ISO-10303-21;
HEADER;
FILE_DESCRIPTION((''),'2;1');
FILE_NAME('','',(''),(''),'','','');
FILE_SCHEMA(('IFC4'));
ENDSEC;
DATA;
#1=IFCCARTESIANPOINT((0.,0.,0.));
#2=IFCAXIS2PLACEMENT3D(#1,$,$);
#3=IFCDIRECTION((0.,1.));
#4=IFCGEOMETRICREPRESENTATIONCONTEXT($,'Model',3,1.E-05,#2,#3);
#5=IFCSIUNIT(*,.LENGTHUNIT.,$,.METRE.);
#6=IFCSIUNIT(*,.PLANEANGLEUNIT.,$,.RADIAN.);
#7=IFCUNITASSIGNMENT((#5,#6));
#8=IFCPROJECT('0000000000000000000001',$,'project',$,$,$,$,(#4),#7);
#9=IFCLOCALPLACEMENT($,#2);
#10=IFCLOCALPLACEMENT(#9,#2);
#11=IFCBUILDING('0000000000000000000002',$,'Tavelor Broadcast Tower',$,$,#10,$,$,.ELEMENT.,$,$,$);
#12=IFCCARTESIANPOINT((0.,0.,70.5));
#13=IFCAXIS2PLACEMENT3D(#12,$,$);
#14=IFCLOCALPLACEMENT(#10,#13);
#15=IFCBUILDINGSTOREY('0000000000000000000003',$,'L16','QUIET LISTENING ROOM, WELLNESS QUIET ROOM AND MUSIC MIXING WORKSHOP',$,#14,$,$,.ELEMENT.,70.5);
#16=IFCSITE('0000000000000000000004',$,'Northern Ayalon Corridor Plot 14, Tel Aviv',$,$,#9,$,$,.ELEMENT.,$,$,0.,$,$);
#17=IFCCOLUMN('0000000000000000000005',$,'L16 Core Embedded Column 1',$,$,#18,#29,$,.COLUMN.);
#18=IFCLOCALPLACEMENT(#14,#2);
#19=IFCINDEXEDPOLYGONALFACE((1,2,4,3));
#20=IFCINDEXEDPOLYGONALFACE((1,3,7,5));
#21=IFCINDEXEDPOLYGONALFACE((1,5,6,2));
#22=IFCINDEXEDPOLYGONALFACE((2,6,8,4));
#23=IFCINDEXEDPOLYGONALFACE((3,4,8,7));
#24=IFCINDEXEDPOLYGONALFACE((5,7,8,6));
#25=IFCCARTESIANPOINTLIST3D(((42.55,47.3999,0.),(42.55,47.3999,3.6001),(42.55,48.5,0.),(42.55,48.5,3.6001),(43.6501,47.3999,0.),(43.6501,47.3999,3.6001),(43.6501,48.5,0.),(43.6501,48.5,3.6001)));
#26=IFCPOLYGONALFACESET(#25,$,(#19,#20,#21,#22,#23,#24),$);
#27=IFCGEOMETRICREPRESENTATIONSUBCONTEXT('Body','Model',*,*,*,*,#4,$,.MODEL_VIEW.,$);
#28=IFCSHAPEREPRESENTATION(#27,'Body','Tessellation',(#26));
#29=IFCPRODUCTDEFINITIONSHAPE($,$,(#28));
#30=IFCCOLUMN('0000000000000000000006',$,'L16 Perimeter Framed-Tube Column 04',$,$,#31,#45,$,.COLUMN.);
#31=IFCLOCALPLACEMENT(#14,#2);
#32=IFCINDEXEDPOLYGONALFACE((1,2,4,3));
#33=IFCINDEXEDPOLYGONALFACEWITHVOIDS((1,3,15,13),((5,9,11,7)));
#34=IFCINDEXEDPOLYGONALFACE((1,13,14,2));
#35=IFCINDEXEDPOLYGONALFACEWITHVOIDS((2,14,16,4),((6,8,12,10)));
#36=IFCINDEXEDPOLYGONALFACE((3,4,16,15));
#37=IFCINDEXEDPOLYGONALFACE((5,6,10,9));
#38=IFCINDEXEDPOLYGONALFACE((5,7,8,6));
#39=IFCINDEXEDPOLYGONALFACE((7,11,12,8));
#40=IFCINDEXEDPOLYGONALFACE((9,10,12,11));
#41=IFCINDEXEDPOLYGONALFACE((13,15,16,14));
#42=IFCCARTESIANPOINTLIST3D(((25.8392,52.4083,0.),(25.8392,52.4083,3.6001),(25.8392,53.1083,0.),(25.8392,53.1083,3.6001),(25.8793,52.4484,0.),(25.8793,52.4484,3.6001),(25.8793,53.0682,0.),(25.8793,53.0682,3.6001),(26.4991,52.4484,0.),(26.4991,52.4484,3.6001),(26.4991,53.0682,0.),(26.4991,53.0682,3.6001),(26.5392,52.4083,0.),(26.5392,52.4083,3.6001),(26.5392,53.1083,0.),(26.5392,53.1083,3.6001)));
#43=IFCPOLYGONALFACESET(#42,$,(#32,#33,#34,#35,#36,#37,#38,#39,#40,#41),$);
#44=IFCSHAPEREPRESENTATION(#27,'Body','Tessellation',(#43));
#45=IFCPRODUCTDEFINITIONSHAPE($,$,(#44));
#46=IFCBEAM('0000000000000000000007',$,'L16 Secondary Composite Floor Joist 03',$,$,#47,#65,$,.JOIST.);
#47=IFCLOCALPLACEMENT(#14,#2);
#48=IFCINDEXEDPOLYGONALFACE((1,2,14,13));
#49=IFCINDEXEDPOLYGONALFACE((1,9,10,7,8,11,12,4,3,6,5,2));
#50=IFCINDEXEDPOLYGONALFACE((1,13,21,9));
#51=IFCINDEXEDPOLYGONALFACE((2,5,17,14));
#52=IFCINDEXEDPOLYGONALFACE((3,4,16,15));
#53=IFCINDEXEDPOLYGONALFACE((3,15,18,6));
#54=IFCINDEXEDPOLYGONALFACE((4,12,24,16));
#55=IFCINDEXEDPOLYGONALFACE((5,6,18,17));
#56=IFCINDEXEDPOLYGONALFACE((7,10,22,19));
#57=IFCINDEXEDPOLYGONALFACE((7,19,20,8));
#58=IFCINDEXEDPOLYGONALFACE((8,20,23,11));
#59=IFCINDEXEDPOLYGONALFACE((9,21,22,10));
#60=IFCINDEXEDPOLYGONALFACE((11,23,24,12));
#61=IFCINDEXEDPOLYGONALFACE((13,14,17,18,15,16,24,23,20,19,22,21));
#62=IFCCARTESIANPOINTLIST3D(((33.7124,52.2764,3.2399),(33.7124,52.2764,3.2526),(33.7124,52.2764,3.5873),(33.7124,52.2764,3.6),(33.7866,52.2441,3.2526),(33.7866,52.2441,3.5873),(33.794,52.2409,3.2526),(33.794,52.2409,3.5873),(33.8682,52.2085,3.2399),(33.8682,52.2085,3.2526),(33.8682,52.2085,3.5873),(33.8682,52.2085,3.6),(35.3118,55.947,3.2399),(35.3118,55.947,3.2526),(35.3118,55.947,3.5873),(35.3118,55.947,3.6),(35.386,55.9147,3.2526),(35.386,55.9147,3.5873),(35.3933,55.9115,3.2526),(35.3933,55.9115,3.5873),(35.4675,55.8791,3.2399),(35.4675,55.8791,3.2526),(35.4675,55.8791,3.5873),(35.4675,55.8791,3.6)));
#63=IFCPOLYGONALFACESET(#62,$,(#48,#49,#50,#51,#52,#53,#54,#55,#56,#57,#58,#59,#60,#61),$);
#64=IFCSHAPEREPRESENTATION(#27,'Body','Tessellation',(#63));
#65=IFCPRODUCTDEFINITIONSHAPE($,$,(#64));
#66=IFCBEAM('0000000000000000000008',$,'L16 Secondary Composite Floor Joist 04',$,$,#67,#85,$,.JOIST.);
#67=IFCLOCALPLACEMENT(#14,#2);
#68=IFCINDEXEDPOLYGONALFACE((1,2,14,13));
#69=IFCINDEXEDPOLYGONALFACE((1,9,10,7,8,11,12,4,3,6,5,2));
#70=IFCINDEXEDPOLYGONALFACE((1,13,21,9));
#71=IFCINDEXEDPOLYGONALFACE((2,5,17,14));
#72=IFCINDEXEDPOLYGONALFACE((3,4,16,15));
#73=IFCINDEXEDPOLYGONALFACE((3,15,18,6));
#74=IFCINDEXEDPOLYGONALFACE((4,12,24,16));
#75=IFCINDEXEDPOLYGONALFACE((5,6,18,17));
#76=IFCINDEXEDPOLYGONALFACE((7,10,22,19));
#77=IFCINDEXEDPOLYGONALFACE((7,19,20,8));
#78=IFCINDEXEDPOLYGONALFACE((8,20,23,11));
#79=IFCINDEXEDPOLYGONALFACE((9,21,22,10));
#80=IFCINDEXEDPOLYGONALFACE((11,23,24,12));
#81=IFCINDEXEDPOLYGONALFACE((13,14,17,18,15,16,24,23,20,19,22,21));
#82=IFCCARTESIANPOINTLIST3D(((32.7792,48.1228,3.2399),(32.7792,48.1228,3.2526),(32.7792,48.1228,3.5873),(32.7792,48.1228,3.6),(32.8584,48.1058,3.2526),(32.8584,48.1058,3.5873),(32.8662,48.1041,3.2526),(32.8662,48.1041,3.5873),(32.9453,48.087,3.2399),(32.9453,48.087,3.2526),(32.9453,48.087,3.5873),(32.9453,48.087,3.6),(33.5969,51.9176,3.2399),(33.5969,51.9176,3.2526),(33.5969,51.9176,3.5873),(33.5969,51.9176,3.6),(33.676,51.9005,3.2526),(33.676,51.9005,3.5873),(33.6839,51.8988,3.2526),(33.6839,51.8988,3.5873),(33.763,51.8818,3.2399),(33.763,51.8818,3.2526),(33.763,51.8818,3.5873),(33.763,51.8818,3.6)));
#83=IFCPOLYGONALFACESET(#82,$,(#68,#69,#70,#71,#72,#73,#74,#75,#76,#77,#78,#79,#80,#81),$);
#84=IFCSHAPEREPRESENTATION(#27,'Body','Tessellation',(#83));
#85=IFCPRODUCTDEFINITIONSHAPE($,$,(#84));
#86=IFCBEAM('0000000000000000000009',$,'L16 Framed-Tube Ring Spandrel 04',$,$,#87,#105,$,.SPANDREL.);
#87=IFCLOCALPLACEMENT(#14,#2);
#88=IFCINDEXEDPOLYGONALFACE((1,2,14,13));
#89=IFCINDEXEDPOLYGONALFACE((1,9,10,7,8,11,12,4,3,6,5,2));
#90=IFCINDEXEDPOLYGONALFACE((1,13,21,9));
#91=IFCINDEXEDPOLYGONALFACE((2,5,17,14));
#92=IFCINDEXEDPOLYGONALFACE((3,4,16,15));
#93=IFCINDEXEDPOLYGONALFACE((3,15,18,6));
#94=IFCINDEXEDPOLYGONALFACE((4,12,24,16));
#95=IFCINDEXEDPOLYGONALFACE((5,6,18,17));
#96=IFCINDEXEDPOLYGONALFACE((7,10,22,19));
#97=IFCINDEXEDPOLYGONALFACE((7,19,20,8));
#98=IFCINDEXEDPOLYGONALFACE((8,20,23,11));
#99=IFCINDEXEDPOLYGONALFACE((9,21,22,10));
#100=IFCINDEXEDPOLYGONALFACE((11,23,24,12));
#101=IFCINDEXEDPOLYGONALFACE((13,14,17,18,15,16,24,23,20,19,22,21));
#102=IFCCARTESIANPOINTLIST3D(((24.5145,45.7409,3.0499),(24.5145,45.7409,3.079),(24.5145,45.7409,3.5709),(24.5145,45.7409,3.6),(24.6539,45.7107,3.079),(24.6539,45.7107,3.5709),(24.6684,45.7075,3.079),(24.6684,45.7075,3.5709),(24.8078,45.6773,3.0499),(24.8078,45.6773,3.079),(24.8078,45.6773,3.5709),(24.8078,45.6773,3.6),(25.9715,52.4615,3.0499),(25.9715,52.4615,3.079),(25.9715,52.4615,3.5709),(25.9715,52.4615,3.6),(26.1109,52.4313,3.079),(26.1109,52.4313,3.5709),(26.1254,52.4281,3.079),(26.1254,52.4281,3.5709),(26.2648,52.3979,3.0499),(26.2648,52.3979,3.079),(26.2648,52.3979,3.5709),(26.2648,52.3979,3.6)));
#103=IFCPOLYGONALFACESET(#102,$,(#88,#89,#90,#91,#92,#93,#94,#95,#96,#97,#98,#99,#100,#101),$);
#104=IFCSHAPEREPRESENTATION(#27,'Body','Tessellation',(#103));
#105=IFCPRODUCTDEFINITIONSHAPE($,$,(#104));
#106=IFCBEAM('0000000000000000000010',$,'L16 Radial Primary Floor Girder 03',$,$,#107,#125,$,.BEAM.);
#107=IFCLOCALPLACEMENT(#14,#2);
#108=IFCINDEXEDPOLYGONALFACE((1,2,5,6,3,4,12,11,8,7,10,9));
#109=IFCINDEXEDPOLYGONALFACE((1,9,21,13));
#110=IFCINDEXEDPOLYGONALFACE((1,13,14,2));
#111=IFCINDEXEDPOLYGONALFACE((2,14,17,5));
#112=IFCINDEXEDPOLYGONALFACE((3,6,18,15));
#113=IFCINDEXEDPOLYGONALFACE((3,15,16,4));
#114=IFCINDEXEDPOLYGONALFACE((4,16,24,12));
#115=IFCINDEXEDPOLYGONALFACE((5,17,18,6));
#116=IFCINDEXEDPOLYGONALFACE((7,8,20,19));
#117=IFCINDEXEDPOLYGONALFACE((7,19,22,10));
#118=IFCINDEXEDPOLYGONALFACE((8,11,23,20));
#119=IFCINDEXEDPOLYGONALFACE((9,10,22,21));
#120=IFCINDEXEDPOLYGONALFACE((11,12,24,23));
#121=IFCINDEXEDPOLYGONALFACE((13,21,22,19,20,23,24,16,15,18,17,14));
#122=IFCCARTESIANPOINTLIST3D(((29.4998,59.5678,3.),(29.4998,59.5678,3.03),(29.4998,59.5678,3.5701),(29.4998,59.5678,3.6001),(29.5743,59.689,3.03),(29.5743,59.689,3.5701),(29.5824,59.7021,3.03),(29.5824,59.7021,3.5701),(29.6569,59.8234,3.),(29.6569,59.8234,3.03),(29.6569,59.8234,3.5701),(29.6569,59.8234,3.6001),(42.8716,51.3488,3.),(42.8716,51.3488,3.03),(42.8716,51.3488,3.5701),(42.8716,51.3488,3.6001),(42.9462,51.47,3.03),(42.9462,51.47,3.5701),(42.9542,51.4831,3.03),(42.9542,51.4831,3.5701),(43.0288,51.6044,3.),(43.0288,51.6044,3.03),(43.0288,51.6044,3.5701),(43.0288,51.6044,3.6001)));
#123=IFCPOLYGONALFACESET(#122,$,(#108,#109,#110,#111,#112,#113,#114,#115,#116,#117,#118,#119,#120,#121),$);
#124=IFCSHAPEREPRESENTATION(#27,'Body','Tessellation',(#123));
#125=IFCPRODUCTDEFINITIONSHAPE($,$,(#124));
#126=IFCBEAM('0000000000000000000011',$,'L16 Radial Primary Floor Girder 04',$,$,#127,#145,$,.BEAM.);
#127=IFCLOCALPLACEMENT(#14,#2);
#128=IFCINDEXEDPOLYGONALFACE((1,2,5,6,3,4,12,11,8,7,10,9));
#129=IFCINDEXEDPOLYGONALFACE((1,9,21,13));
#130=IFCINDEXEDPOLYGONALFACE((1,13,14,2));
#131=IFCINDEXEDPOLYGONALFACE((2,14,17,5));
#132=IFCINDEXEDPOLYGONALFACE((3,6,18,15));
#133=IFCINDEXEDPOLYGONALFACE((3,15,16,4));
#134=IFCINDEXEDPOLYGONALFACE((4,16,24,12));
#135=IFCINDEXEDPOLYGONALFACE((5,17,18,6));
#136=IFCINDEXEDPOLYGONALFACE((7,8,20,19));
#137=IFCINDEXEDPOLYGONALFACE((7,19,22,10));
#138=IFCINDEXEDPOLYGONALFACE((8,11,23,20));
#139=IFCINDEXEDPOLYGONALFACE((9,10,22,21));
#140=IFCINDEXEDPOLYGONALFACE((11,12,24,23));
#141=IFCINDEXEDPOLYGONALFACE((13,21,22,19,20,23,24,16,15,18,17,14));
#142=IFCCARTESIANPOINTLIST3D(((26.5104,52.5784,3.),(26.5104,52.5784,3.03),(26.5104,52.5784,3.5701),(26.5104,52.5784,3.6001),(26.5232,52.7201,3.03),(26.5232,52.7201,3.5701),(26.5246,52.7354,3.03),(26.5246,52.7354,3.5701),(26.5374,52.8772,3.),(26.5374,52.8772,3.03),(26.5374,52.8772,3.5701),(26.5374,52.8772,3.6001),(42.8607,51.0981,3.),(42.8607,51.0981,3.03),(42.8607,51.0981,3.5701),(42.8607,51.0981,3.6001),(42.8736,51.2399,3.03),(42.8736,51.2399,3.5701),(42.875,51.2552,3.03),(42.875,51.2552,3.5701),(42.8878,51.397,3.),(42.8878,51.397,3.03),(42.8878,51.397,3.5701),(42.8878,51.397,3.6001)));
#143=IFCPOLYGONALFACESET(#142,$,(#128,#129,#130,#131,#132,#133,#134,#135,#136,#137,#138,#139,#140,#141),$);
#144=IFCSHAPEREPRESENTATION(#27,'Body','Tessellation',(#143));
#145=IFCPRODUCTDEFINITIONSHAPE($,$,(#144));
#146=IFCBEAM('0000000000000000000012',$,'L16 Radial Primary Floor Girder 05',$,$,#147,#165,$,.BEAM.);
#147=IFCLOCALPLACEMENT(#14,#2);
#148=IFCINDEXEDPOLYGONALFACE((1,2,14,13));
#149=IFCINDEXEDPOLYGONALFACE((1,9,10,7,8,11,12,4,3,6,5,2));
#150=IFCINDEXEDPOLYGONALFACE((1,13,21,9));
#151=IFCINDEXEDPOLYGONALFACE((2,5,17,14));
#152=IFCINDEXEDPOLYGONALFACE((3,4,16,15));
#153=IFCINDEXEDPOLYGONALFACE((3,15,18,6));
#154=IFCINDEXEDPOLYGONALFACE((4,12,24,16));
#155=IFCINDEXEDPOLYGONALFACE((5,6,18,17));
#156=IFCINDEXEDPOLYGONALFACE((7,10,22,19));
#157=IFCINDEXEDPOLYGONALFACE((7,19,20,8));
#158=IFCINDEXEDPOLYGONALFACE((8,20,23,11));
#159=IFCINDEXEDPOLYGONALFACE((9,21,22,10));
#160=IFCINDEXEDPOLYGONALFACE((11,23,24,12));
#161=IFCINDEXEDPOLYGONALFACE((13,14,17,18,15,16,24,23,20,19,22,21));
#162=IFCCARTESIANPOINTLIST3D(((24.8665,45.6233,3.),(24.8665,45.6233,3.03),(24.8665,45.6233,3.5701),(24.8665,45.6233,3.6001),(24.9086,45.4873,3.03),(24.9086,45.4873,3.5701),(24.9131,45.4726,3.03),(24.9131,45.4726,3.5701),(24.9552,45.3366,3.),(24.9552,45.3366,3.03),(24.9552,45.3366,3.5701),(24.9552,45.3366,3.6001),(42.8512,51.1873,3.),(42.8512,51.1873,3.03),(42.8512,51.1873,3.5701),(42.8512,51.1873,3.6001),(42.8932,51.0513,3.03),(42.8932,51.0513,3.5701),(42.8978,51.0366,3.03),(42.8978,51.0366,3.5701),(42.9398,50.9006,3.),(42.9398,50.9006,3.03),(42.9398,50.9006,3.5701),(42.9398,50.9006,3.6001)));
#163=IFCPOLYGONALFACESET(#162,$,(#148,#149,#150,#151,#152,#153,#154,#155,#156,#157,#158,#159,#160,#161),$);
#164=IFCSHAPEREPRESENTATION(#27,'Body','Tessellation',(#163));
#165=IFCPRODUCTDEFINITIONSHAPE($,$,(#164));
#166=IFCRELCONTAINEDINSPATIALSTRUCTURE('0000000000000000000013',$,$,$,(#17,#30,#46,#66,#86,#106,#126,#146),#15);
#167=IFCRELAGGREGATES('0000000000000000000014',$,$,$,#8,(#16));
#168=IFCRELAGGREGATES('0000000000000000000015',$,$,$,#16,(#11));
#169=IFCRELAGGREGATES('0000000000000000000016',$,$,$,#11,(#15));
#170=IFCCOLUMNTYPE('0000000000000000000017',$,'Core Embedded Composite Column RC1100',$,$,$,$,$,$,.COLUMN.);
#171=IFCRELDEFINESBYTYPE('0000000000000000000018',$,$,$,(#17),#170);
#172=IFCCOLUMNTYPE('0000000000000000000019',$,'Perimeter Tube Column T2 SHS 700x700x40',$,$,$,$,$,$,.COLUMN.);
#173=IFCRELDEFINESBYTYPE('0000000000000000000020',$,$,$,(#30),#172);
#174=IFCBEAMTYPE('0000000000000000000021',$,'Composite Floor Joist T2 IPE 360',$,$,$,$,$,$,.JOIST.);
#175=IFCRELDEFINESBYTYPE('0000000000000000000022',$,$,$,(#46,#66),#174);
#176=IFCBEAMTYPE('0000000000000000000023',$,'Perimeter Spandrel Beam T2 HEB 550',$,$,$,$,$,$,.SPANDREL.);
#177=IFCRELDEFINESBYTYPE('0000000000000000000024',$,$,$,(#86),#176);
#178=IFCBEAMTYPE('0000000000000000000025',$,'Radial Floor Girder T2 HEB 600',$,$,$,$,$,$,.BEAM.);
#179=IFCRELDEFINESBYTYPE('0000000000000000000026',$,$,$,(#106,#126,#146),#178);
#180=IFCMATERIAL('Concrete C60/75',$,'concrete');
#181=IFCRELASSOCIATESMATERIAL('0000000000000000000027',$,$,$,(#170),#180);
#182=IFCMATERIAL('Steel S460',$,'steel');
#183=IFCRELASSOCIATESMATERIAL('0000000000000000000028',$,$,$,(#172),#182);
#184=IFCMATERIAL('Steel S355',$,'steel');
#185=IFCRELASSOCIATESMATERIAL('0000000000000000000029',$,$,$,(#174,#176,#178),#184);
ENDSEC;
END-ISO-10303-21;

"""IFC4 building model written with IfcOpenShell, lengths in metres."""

from ifc_helpers import new_model, si_unit, direction, frame, origin, origin_2d, place, context, subcontext, project, spatial, rectangle, hollow_rectangle, i_section, extrude, material, material_profile, profile_set, type_object, element, save


model = new_model("IFC4")

# Units and contexts
model_context = context("Model", 3, precision=1e-05, world=origin(), true_north=direction((0.0, 1.0)))
body_context = subcontext(model_context, "Body", "Model", "MODEL_VIEW")
ifc_project = project(units=[si_unit("LENGTHUNIT", "METRE"), si_unit("PLANEANGLEUNIT", "RADIAN")], contexts=[model_context])

# Site, building, storey
site_placement = place(None, origin())
site = spatial("IfcSite", under=ifc_project, at=site_placement, Name="Northern Ayalon Corridor Plot 14, Tel Aviv", CompositionType="ELEMENT", RefElevation=0.0)
building_placement = place(site_placement, origin())
building = spatial("IfcBuilding", under=site, at=building_placement, Name="Tavelor Broadcast Tower", CompositionType="ELEMENT")
storey_placement = place(building_placement, frame((0.0, 0.0, 70.5)))
storey = spatial("IfcBuildingStorey", under=building, at=storey_placement, Name="L16", Description="QUIET LISTENING ROOM, WELLNESS QUIET ROOM AND MUSIC MIXING WORKSHOP", CompositionType="ELEMENT", Elevation=70.5)

# Columns
ifc_material_1 = material(Name="Concrete C60/75", Category="concrete")
ifc_material_profile_1 = material_profile(ifc_material_1, rectangle(XDim=1.1001, YDim=1.1001, at=origin_2d()), Name="RC 1100x1100")
ifc_profile_set_1 = profile_set([ifc_material_profile_1], Name="Concrete C60/75")
column_type_1 = type_object("IfcColumnType", Name="Core Embedded Composite Column RC1100", PredefinedType="COLUMN", material=ifc_profile_set_1)
column_1_placement = place(storey_placement, frame((43.1001, 47.95, 0.0), z_axis=(0.0, 0.0, 1.0), x_axis=(1.0, 0.0, 0.0)))
element("IfcColumn", 1, at=column_1_placement, inside=storey, type_object=column_type_1, Name="L16 Core Embedded Column 1", PredefinedType="COLUMN", context=body_context, shape_type="SweptSolid", body=[
    extrude(rectangle(XDim=1.1001, YDim=1.1001, at=origin_2d()), origin(), (0.0, 0.0, 1.0), 3.6001),
])
ifc_material_2 = material(Name="Steel S460", Category="steel")
ifc_material_profile_2 = material_profile(ifc_material_2, hollow_rectangle(XDim=0.7, YDim=0.7, WallThickness=0.04, at=origin_2d()), Name="SHS 700x700x40")
ifc_profile_set_2 = profile_set([ifc_material_profile_2], Name="Steel S460")
column_type_2 = type_object("IfcColumnType", Name="Perimeter Tube Column T2 SHS 700x700x40", PredefinedType="COLUMN", material=ifc_profile_set_2)
column_2_placement = place(storey_placement, frame((26.1892, 52.7583, 0.0), z_axis=(0.0, 0.0, 1.0), x_axis=(1.0, 0.0, 0.0)))
element("IfcColumn", 2, at=column_2_placement, inside=storey, type_object=column_type_2, Name="L16 Perimeter Framed-Tube Column 04", PredefinedType="COLUMN", context=body_context, shape_type="SweptSolid", body=[
    extrude(hollow_rectangle(XDim=0.7, YDim=0.7, WallThickness=0.04, at=origin_2d()), origin(), (0.0, 0.0, 1.0), 3.6001),
])

# Beams
ifc_material_3 = material(Name="Steel S355", Category="steel")
ifc_material_profile_3 = material_profile(ifc_material_3, i_section(OverallWidth=0.1699, OverallDepth=0.3601, WebThickness=0.0081, FlangeThickness=0.0127, at=origin_2d()), Name="IPE 360")
ifc_profile_set_3 = profile_set([ifc_material_profile_3], Name="Steel S355")
beam_type_1 = type_object("IfcBeamType", Name="Composite Floor Joist T2 IPE 360", PredefinedType="JOIST", material=ifc_profile_set_3)
beam_1_placement = place(storey_placement, frame((35.3896, 55.9131, 3.4199), z_axis=(-0.399446, -0.916757, 0.0), x_axis=(0.916757, -0.399446, 0.0)))
element("IfcBeam", 3, at=beam_1_placement, inside=storey, type_object=beam_type_1, Name="L16 Secondary Composite Floor Joist 03", PredefinedType="JOIST", context=body_context, shape_type="SweptSolid", body=[
    extrude(i_section(OverallWidth=0.1699, OverallDepth=0.3601, WebThickness=0.0081, FlangeThickness=0.0127, at=origin_2d()), origin(), (0.0, 0.0, 1.0), 4.0039),
])
beam_2_placement = place(storey_placement, frame((33.6799, 51.8997, 3.4199), z_axis=(-0.210633, -0.977565, 0.0), x_axis=(0.977565, -0.210633, 0.0)))
element("IfcBeam", 4, at=beam_2_placement, inside=storey, type_object=beam_type_1, Name="L16 Secondary Composite Floor Joist 04", PredefinedType="JOIST", context=body_context, shape_type="SweptSolid", body=[
    extrude(i_section(OverallWidth=0.1699, OverallDepth=0.3601, WebThickness=0.0081, FlangeThickness=0.0127, at=origin_2d()), origin(), (0.0, 0.0, 1.0), 3.8818),
])
ifc_material_profile_4 = material_profile(ifc_material_3, i_section(OverallWidth=0.3, OverallDepth=0.55, WebThickness=0.0149, FlangeThickness=0.0291, at=origin_2d()), Name="HEB 550")
ifc_profile_set_4 = profile_set([ifc_material_profile_4], Name="Steel S355")
beam_type_2 = type_object("IfcBeamType", Name="Perimeter Spandrel Beam T2 HEB 550", PredefinedType="SPANDREL", material=ifc_profile_set_4)
beam_3_placement = place(storey_placement, frame((26.1182, 52.4297, 3.325), z_axis=(-0.211875, -0.977297, 0.0), x_axis=(0.977297, -0.211875, 0.0)))
element("IfcBeam", 5, at=beam_3_placement, inside=storey, type_object=beam_type_2, Name="L16 Framed-Tube Ring Spandrel 04", PredefinedType="SPANDREL", context=body_context, shape_type="SweptSolid", body=[
    extrude(i_section(OverallWidth=0.3, OverallDepth=0.55, WebThickness=0.0149, FlangeThickness=0.0291, at=origin_2d()), origin(), (0.0, 0.0, 1.0), 6.8767),
])
ifc_material_profile_5 = material_profile(ifc_material_3, i_section(OverallWidth=0.3, OverallDepth=0.6001, WebThickness=0.0154, FlangeThickness=0.03, at=origin_2d()), Name="HEB 600")
ifc_profile_set_5 = profile_set([ifc_material_profile_5], Name="Steel S355")
beam_type_3 = type_object("IfcBeamType", Name="Radial Floor Girder T2 HEB 600", PredefinedType="BEAM", material=ifc_profile_set_5)
beam_4_placement = place(storey_placement, frame((42.9502, 51.4766, 3.3), z_axis=(-0.851938, 0.523643, 0.0), x_axis=(-0.523643, -0.851938, 0.0)))
element("IfcBeam", 6, at=beam_4_placement, inside=storey, type_object=beam_type_3, Name="L16 Radial Primary Floor Girder 03", PredefinedType="BEAM", context=body_context, shape_type="SweptSolid", body=[
    extrude(i_section(OverallWidth=0.3, OverallDepth=0.6001, WebThickness=0.0154, FlangeThickness=0.03, at=origin_2d()), origin(), (0.0, 0.0, 1.0), 15.6958),
])
beam_5_placement = place(storey_placement, frame((42.8743, 51.2476, 3.3), z_axis=(-0.995927, 0.090163, 0.0), x_axis=(-0.090163, -0.995927, 0.0)))
element("IfcBeam", 7, at=beam_5_placement, inside=storey, type_object=beam_type_3, Name="L16 Radial Primary Floor Girder 04", PredefinedType="BEAM", context=body_context, shape_type="SweptSolid", body=[
    extrude(i_section(OverallWidth=0.3, OverallDepth=0.6001, WebThickness=0.0154, FlangeThickness=0.03, at=origin_2d()), origin(), (0.0, 0.0, 1.0), 16.4172),
])
beam_6_placement = place(storey_placement, frame((42.8955, 51.0439, 3.3), z_axis=(-0.955326, -0.295553, 0.0), x_axis=(0.295553, -0.955326, 0.0)))
element("IfcBeam", 8, at=beam_6_placement, inside=storey, type_object=beam_type_3, Name="L16 Radial Primary Floor Girder 05", PredefinedType="BEAM", context=body_context, shape_type="SweptSolid", body=[
    extrude(i_section(OverallWidth=0.3, OverallDepth=0.6001, WebThickness=0.0154, FlangeThickness=0.03, at=origin_2d()), origin(), (0.0, 0.0, 1.0), 18.8257),
])

save(model, "model.ifc")
